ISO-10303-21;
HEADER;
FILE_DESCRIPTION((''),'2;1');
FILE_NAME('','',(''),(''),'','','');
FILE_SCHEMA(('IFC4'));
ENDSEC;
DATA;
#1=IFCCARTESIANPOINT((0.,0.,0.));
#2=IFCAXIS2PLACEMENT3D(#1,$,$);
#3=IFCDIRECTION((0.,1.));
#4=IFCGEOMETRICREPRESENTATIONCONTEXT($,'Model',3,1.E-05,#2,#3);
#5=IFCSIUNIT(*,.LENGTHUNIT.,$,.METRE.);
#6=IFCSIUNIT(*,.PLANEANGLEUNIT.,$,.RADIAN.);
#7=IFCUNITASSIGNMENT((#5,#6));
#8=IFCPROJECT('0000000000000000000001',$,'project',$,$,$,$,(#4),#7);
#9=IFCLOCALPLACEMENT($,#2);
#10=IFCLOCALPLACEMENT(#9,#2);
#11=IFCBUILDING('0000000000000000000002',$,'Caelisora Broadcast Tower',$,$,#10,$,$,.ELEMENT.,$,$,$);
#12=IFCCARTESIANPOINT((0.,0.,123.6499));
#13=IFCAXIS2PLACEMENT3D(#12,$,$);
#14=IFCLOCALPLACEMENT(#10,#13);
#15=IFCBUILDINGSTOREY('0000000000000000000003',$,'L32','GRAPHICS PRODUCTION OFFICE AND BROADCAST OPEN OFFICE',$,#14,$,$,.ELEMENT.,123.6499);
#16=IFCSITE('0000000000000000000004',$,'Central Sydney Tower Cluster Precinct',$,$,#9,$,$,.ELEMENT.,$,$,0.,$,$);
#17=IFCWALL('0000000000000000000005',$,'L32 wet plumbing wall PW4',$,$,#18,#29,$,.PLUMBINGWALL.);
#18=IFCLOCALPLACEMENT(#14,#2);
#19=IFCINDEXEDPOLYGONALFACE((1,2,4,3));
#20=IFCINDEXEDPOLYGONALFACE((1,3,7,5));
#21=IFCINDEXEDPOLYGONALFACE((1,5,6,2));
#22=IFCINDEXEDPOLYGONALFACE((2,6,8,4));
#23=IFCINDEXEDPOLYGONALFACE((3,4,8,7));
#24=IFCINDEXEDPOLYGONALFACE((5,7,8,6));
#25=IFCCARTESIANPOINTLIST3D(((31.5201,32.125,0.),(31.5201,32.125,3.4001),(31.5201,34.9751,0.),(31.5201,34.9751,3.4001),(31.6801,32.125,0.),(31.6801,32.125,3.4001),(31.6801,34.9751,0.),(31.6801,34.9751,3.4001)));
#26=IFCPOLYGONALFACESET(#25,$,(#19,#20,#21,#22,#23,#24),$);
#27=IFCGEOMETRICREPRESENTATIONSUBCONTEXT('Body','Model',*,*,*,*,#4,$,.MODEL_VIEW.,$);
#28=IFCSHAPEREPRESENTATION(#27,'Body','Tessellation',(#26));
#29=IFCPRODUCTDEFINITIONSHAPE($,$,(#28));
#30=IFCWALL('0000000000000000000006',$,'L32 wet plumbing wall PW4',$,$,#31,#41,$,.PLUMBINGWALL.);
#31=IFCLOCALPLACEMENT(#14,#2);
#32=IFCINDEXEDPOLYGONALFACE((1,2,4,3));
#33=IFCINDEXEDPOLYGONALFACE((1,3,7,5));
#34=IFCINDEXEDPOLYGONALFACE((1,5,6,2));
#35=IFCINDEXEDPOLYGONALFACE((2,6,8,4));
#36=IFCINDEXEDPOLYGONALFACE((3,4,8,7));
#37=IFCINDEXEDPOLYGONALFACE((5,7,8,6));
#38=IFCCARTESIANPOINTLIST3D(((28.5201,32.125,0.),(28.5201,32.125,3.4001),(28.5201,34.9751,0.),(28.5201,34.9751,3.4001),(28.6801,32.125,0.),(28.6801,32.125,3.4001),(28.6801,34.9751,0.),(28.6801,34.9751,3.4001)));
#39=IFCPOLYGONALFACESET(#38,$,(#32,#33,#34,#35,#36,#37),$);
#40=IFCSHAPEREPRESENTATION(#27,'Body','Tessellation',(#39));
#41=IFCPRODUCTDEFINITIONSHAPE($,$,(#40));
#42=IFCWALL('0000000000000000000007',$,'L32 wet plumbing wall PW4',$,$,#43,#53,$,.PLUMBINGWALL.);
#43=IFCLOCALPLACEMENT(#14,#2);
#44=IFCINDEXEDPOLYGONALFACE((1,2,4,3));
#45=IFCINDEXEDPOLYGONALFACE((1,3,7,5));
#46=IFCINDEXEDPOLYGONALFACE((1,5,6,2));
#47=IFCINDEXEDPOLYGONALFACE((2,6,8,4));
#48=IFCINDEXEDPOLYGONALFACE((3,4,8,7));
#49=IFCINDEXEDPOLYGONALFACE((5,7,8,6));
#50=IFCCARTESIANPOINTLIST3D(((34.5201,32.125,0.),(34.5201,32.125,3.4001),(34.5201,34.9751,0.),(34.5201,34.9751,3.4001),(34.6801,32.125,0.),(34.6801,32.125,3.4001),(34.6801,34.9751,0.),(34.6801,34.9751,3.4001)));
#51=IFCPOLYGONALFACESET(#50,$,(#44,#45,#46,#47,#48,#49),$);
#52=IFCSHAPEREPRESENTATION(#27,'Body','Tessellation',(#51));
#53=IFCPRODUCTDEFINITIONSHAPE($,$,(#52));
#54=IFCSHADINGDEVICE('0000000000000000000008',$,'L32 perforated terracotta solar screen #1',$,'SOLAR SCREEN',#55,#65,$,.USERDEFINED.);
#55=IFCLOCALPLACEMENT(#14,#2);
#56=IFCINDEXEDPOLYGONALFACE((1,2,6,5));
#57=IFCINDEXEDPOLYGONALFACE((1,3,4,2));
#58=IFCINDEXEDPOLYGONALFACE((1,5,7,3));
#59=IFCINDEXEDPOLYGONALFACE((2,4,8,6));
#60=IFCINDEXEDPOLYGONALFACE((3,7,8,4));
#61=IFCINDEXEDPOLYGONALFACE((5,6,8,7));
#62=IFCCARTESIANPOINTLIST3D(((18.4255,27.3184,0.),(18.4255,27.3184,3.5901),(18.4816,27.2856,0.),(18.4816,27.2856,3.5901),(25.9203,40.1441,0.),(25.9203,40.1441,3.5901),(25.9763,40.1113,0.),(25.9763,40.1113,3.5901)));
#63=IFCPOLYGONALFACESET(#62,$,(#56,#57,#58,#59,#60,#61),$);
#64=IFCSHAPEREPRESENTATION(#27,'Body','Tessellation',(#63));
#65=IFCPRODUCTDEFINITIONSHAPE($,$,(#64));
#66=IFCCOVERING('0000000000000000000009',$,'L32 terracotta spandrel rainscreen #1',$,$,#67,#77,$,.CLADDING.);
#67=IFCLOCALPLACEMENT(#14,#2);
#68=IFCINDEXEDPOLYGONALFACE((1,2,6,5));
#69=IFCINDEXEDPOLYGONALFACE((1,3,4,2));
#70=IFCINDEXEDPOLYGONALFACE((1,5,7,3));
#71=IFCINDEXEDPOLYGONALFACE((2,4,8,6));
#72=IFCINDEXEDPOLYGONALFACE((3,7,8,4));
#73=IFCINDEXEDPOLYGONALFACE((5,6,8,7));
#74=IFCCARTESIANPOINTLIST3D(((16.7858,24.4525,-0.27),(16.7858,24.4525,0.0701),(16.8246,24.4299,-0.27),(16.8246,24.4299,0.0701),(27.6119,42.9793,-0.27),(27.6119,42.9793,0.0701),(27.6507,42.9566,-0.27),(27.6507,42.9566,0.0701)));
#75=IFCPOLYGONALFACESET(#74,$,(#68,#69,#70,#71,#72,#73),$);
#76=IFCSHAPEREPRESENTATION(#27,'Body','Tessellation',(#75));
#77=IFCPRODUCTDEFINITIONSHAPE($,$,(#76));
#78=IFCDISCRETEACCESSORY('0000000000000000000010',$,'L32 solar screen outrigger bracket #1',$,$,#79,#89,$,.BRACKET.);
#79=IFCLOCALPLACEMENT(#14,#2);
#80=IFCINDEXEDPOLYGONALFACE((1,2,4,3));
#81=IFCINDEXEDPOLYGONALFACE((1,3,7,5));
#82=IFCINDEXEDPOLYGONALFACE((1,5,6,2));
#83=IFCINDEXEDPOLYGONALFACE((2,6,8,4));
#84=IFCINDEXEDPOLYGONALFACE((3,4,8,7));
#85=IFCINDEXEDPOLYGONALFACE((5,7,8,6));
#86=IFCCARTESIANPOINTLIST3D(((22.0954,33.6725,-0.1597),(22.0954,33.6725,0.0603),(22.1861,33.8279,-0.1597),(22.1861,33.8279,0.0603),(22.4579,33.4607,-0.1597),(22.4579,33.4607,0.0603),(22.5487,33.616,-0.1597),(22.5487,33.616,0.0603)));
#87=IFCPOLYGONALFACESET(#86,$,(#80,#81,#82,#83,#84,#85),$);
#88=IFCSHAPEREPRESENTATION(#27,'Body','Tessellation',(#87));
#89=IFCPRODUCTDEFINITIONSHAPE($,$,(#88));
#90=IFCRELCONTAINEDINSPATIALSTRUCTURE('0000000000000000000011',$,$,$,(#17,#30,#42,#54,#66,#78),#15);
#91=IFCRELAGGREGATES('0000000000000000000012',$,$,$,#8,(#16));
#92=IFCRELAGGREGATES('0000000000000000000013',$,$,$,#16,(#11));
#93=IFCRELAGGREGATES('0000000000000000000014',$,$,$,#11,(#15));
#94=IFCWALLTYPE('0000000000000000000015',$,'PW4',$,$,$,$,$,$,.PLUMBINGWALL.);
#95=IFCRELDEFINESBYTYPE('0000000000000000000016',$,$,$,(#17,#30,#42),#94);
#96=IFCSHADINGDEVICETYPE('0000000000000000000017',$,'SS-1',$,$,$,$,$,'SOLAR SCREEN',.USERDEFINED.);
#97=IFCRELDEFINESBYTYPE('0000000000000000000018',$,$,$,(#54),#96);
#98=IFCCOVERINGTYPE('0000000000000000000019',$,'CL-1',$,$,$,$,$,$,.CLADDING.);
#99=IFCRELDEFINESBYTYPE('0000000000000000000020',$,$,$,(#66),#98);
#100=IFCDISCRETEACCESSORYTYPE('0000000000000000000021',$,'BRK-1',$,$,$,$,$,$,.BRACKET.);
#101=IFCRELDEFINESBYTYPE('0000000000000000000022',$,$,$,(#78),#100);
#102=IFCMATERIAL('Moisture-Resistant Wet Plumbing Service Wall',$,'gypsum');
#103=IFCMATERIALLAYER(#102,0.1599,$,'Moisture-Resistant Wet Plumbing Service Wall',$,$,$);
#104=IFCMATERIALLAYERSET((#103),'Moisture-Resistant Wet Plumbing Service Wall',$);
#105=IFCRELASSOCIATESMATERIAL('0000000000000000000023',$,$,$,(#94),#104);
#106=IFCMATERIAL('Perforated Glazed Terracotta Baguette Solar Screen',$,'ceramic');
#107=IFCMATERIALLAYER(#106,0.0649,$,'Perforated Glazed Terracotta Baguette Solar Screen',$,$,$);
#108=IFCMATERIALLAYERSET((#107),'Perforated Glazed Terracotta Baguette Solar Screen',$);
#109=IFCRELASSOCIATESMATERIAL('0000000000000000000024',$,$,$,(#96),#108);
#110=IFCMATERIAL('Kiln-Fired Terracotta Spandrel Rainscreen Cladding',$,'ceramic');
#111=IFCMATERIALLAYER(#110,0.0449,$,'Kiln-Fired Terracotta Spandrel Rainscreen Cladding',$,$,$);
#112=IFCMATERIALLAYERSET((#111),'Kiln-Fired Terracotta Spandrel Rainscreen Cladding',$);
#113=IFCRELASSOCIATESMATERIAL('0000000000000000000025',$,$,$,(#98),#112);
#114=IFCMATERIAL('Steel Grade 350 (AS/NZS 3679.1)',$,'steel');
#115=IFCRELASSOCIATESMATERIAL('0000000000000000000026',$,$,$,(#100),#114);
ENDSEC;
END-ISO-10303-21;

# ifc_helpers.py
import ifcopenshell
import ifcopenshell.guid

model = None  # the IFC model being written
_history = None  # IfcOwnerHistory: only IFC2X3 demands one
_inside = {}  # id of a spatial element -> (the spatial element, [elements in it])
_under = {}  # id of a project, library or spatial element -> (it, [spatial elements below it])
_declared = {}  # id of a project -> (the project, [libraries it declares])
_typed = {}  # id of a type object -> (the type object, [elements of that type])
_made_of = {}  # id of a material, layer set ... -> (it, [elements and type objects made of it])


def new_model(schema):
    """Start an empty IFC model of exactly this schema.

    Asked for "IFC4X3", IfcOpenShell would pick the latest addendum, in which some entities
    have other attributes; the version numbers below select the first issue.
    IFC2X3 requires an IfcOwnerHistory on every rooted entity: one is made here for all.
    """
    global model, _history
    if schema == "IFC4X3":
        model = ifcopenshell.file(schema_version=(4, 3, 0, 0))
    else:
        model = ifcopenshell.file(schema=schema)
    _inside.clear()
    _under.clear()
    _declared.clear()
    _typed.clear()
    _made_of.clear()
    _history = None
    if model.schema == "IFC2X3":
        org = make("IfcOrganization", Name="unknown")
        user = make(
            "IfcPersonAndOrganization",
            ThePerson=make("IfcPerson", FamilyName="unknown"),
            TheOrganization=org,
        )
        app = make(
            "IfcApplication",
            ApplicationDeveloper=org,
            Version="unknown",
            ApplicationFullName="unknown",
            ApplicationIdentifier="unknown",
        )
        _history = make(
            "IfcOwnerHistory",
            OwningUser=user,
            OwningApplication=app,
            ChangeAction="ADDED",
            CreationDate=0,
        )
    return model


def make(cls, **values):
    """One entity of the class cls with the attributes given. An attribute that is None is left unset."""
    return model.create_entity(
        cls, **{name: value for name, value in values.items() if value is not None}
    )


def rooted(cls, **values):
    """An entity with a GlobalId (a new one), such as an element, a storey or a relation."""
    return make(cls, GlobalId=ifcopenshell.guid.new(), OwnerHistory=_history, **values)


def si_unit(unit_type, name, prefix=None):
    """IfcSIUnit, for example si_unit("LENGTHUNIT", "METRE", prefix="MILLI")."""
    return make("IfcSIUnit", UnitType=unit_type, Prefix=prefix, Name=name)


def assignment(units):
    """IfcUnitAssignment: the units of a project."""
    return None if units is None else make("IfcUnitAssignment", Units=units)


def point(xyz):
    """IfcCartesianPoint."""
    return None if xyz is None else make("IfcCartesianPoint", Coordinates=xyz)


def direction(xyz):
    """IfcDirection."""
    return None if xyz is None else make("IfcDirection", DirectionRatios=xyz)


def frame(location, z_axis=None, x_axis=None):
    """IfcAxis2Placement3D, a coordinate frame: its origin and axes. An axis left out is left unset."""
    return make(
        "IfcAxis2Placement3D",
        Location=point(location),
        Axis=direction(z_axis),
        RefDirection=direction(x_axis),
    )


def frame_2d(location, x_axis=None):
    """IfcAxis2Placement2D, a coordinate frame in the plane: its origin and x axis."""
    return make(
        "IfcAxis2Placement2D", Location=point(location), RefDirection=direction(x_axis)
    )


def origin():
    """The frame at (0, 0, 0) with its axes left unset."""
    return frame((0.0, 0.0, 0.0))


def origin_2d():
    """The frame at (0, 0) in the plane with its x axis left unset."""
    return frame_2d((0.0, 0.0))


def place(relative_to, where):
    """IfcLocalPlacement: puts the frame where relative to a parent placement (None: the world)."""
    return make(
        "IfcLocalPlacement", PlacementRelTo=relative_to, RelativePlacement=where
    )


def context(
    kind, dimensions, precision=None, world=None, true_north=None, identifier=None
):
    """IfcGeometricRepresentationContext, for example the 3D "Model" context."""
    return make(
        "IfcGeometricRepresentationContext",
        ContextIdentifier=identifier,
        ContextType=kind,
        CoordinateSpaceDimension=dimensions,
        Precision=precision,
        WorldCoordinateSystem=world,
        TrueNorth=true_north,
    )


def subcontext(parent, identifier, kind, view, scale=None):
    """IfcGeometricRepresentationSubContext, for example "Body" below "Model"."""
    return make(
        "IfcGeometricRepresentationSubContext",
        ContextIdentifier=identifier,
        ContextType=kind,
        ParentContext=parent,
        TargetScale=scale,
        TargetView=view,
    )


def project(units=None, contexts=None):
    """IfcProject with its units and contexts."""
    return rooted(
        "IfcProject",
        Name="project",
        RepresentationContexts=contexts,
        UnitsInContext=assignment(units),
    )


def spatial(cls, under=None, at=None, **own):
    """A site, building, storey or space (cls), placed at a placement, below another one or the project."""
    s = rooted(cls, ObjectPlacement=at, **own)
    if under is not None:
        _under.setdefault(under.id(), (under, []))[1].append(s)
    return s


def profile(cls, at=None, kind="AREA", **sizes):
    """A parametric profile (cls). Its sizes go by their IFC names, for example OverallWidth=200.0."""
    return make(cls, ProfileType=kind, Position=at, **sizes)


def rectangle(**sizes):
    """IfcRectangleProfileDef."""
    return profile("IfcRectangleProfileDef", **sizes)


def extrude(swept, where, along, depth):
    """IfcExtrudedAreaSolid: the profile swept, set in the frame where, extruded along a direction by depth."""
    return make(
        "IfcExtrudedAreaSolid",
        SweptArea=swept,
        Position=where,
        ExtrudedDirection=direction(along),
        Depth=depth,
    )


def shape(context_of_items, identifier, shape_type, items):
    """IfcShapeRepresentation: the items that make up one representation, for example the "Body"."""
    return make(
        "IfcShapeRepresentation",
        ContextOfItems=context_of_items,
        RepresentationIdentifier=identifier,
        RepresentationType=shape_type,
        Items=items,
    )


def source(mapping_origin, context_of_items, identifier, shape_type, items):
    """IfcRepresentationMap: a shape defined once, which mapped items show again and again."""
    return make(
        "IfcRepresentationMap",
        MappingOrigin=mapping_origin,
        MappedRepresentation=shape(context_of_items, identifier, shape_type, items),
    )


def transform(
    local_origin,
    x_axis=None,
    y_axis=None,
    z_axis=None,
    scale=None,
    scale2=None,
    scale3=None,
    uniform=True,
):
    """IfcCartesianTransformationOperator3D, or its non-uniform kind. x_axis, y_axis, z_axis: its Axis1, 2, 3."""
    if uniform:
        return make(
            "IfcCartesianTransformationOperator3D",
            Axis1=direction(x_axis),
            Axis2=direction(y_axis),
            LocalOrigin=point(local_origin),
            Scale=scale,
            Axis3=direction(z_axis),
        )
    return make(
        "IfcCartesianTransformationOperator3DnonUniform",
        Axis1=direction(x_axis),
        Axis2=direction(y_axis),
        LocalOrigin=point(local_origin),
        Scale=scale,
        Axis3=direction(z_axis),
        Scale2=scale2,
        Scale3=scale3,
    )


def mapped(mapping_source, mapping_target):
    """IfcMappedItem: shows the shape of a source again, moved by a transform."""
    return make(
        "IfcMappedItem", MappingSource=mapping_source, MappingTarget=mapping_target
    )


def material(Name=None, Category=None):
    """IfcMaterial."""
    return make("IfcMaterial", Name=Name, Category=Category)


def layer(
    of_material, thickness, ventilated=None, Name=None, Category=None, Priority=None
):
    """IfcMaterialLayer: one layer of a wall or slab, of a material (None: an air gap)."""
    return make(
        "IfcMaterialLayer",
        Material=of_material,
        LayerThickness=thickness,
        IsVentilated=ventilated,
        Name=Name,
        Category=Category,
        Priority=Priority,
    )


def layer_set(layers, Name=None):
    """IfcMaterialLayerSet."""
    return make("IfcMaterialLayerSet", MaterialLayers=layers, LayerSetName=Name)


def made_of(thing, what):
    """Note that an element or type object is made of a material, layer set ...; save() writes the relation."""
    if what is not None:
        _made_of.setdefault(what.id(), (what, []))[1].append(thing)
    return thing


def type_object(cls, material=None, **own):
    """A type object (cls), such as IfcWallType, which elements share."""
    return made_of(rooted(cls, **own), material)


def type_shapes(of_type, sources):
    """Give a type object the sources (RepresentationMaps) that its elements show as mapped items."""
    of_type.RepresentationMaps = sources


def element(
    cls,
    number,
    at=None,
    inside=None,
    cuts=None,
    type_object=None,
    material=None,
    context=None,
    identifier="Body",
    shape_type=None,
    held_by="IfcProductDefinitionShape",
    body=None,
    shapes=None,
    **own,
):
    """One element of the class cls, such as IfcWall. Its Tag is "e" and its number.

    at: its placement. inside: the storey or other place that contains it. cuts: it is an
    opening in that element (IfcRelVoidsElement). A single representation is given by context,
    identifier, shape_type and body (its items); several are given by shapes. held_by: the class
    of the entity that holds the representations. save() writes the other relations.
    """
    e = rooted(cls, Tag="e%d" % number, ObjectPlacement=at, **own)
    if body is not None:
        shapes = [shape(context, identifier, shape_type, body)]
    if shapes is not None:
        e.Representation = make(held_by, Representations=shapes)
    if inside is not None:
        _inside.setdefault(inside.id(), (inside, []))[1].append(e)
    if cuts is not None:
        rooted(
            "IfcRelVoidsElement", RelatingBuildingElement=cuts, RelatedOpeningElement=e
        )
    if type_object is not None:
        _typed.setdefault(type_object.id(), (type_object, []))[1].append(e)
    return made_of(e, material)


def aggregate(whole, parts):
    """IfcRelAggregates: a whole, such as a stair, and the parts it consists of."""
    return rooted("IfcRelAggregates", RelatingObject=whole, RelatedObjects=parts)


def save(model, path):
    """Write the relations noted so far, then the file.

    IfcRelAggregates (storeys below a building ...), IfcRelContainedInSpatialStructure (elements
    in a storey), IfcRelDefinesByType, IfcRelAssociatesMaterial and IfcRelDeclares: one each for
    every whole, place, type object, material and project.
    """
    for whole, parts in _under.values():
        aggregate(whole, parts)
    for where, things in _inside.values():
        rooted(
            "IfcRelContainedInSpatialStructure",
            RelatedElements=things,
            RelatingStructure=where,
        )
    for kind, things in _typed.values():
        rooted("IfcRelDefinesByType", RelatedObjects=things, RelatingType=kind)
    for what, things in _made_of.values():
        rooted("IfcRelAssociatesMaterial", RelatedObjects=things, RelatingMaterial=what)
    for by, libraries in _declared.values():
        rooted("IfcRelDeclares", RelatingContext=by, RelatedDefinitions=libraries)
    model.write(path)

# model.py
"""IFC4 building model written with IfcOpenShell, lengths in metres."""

from ifc_helpers import new_model, si_unit, direction, frame, frame_2d, origin, origin_2d, place, context, subcontext, project, spatial, rectangle, extrude, source, transform, mapped, material, layer, layer_set, type_object, type_shapes, element, save


model = new_model("IFC4")

# Units and contexts
model_context = context("Model", 3, precision=1e-05, world=origin(), true_north=direction((0.0, 1.0)))
body_context = subcontext(model_context, "Body", "Model", "MODEL_VIEW")
ifc_project = project(units=[si_unit("LENGTHUNIT", "METRE"), si_unit("PLANEANGLEUNIT", "RADIAN")], contexts=[model_context])

# Site, building, storey
site_placement = place(None, origin())
site = spatial("IfcSite", under=ifc_project, at=site_placement, Name="Central Sydney Tower Cluster Precinct", CompositionType="ELEMENT", RefElevation=0.0)
building_placement = place(site_placement, origin())
building = spatial("IfcBuilding", under=site, at=building_placement, Name="Caelisora Broadcast Tower", CompositionType="ELEMENT")
storey_placement = place(building_placement, frame((0.0, 0.0, 123.6499)))
storey = spatial("IfcBuildingStorey", under=building, at=storey_placement, Name="L32", Description="GRAPHICS PRODUCTION OFFICE AND BROADCAST OPEN OFFICE", CompositionType="ELEMENT", Elevation=123.6499)

# Shared definitions
ifc_material_1 = material(Name="Steel Grade 350 (AS/NZS 3679.1)", Category="steel")

# Shared definitions
ifc_material_2 = material(Name="Moisture-Resistant Wet Plumbing Service Wall", Category="gypsum")
ifc_layer_1 = layer(ifc_material_2, 0.1599, Name="Moisture-Resistant Wet Plumbing Service Wall")
ifc_layer_set_1 = layer_set([ifc_layer_1], Name="Moisture-Resistant Wet Plumbing Service Wall")
wall_type_1 = type_object("IfcWallType", Name="PW4", PredefinedType="PLUMBINGWALL", material=ifc_layer_set_1)

# Walls
for number, where, z_axis, x_axis, name in (
    (1, (31.6001, 32.125, 0.0), (0.0, 0.0, 1.0), (0.0, 1.0, 0.0), "L32 wet plumbing wall PW4"),
    (2, (28.6001, 32.125, 0.0), (0.0, 0.0, 1.0), (0.0, 1.0, 0.0), "L32 wet plumbing wall PW4"),
    (3, (34.6001, 32.125, 0.0), (0.0, 0.0, 1.0), (0.0, 1.0, 0.0), "L32 wet plumbing wall PW4"),
):
    element("IfcWall", number, at=place(storey_placement, frame(where, z_axis=z_axis, x_axis=x_axis)), inside=storey, type_object=wall_type_1, Name=name, PredefinedType="PLUMBINGWALL", context=body_context, shape_type="SweptSolid", body=[
        extrude(rectangle(XDim=2.8501, YDim=0.1599, at=frame_2d((1.425, 0.0))), origin(), (0.0, 0.0, 1.0), 3.4001),
    ])

# Shading device
ifc_material_3 = material(Name="Perforated Glazed Terracotta Baguette Solar Screen", Category="ceramic")
ifc_layer_2 = layer(ifc_material_3, 0.0649, Name="Perforated Glazed Terracotta Baguette Solar Screen")
ifc_layer_set_2 = layer_set([ifc_layer_2], Name="Perforated Glazed Terracotta Baguette Solar Screen")
shading_device_type = type_object("IfcShadingDeviceType", Name="SS-1", ElementType="SOLAR SCREEN", PredefinedType="USERDEFINED", material=ifc_layer_set_2)
shared_shape_1 = source(origin(), body_context, "Body", "SweptSolid", [
    extrude(rectangle(XDim=14.855, YDim=0.0649, at=origin_2d()), origin(), (0.0, 0.0, 1.0), 3.5901),
])
type_shapes(shading_device_type, [shared_shape_1])
shading_device_placement = place(storey_placement, frame((22.2009, 33.7148, 0.0), z_axis=(0.0, 0.0, 1.0), x_axis=(-0.504528, -0.863396, 0.0)))
element("IfcShadingDevice", 4, at=shading_device_placement, inside=storey, type_object=shading_device_type, Name="L32 perforated terracotta solar screen #1", ObjectType="SOLAR SCREEN", PredefinedType="USERDEFINED", context=body_context, shape_type="MappedRepresentation", body=[
    mapped(shared_shape_1, transform((0.0, 0.0, 0.0), scale=1.0)),
])

# Covering
ifc_material_4 = material(Name="Kiln-Fired Terracotta Spandrel Rainscreen Cladding", Category="ceramic")
ifc_layer_3 = layer(ifc_material_4, 0.0449, Name="Kiln-Fired Terracotta Spandrel Rainscreen Cladding")
ifc_layer_set_3 = layer_set([ifc_layer_3], Name="Kiln-Fired Terracotta Spandrel Rainscreen Cladding")
covering_type = type_object("IfcCoveringType", Name="CL-1", PredefinedType="CLADDING", material=ifc_layer_set_3)
shared_shape_2 = source(origin(), body_context, "Body", "SweptSolid", [
    extrude(rectangle(XDim=21.458, YDim=0.0449, at=origin_2d()), origin(), (0.0, 0.0, 1.0), 0.3401),
])
type_shapes(covering_type, [shared_shape_2])
covering_placement = place(storey_placement, frame((22.2183, 33.7046, -0.27), z_axis=(0.0, 0.0, 1.0), x_axis=(-0.504528, -0.863396, 0.0)))
element("IfcCovering", 5, at=covering_placement, inside=storey, type_object=covering_type, Name="L32 terracotta spandrel rainscreen #1", PredefinedType="CLADDING", context=body_context, shape_type="MappedRepresentation", body=[
    mapped(shared_shape_2, transform((0.0, 0.0, 0.0), scale=1.0)),
])

# Discrete accessory
discrete_accessory_type = type_object("IfcDiscreteAccessoryType", Name="BRK-1", PredefinedType="BRACKET", material=ifc_material_1)
shared_shape_3 = source(origin(), body_context, "Body", "SweptSolid", [
    extrude(rectangle(XDim=0.1799, YDim=0.4199, at=origin_2d()), origin(), (0.0, 0.0, 1.0), 0.22),
])
type_shapes(discrete_accessory_type, [shared_shape_3])
discrete_accessory_placement = place(storey_placement, frame((22.322, 33.6443, -0.1597), z_axis=(0.0, 0.0, 1.0), x_axis=(-0.504528, -0.863396, 0.0)))
element("IfcDiscreteAccessory", 6, at=discrete_accessory_placement, inside=storey, type_object=discrete_accessory_type, Name="L32 solar screen outrigger bracket #1", PredefinedType="BRACKET", context=body_context, shape_type="MappedRepresentation", body=[
    mapped(shared_shape_3, transform((0.0, 0.0, 0.0), scale=1.0)),
])

save(model, "model.ifc")
